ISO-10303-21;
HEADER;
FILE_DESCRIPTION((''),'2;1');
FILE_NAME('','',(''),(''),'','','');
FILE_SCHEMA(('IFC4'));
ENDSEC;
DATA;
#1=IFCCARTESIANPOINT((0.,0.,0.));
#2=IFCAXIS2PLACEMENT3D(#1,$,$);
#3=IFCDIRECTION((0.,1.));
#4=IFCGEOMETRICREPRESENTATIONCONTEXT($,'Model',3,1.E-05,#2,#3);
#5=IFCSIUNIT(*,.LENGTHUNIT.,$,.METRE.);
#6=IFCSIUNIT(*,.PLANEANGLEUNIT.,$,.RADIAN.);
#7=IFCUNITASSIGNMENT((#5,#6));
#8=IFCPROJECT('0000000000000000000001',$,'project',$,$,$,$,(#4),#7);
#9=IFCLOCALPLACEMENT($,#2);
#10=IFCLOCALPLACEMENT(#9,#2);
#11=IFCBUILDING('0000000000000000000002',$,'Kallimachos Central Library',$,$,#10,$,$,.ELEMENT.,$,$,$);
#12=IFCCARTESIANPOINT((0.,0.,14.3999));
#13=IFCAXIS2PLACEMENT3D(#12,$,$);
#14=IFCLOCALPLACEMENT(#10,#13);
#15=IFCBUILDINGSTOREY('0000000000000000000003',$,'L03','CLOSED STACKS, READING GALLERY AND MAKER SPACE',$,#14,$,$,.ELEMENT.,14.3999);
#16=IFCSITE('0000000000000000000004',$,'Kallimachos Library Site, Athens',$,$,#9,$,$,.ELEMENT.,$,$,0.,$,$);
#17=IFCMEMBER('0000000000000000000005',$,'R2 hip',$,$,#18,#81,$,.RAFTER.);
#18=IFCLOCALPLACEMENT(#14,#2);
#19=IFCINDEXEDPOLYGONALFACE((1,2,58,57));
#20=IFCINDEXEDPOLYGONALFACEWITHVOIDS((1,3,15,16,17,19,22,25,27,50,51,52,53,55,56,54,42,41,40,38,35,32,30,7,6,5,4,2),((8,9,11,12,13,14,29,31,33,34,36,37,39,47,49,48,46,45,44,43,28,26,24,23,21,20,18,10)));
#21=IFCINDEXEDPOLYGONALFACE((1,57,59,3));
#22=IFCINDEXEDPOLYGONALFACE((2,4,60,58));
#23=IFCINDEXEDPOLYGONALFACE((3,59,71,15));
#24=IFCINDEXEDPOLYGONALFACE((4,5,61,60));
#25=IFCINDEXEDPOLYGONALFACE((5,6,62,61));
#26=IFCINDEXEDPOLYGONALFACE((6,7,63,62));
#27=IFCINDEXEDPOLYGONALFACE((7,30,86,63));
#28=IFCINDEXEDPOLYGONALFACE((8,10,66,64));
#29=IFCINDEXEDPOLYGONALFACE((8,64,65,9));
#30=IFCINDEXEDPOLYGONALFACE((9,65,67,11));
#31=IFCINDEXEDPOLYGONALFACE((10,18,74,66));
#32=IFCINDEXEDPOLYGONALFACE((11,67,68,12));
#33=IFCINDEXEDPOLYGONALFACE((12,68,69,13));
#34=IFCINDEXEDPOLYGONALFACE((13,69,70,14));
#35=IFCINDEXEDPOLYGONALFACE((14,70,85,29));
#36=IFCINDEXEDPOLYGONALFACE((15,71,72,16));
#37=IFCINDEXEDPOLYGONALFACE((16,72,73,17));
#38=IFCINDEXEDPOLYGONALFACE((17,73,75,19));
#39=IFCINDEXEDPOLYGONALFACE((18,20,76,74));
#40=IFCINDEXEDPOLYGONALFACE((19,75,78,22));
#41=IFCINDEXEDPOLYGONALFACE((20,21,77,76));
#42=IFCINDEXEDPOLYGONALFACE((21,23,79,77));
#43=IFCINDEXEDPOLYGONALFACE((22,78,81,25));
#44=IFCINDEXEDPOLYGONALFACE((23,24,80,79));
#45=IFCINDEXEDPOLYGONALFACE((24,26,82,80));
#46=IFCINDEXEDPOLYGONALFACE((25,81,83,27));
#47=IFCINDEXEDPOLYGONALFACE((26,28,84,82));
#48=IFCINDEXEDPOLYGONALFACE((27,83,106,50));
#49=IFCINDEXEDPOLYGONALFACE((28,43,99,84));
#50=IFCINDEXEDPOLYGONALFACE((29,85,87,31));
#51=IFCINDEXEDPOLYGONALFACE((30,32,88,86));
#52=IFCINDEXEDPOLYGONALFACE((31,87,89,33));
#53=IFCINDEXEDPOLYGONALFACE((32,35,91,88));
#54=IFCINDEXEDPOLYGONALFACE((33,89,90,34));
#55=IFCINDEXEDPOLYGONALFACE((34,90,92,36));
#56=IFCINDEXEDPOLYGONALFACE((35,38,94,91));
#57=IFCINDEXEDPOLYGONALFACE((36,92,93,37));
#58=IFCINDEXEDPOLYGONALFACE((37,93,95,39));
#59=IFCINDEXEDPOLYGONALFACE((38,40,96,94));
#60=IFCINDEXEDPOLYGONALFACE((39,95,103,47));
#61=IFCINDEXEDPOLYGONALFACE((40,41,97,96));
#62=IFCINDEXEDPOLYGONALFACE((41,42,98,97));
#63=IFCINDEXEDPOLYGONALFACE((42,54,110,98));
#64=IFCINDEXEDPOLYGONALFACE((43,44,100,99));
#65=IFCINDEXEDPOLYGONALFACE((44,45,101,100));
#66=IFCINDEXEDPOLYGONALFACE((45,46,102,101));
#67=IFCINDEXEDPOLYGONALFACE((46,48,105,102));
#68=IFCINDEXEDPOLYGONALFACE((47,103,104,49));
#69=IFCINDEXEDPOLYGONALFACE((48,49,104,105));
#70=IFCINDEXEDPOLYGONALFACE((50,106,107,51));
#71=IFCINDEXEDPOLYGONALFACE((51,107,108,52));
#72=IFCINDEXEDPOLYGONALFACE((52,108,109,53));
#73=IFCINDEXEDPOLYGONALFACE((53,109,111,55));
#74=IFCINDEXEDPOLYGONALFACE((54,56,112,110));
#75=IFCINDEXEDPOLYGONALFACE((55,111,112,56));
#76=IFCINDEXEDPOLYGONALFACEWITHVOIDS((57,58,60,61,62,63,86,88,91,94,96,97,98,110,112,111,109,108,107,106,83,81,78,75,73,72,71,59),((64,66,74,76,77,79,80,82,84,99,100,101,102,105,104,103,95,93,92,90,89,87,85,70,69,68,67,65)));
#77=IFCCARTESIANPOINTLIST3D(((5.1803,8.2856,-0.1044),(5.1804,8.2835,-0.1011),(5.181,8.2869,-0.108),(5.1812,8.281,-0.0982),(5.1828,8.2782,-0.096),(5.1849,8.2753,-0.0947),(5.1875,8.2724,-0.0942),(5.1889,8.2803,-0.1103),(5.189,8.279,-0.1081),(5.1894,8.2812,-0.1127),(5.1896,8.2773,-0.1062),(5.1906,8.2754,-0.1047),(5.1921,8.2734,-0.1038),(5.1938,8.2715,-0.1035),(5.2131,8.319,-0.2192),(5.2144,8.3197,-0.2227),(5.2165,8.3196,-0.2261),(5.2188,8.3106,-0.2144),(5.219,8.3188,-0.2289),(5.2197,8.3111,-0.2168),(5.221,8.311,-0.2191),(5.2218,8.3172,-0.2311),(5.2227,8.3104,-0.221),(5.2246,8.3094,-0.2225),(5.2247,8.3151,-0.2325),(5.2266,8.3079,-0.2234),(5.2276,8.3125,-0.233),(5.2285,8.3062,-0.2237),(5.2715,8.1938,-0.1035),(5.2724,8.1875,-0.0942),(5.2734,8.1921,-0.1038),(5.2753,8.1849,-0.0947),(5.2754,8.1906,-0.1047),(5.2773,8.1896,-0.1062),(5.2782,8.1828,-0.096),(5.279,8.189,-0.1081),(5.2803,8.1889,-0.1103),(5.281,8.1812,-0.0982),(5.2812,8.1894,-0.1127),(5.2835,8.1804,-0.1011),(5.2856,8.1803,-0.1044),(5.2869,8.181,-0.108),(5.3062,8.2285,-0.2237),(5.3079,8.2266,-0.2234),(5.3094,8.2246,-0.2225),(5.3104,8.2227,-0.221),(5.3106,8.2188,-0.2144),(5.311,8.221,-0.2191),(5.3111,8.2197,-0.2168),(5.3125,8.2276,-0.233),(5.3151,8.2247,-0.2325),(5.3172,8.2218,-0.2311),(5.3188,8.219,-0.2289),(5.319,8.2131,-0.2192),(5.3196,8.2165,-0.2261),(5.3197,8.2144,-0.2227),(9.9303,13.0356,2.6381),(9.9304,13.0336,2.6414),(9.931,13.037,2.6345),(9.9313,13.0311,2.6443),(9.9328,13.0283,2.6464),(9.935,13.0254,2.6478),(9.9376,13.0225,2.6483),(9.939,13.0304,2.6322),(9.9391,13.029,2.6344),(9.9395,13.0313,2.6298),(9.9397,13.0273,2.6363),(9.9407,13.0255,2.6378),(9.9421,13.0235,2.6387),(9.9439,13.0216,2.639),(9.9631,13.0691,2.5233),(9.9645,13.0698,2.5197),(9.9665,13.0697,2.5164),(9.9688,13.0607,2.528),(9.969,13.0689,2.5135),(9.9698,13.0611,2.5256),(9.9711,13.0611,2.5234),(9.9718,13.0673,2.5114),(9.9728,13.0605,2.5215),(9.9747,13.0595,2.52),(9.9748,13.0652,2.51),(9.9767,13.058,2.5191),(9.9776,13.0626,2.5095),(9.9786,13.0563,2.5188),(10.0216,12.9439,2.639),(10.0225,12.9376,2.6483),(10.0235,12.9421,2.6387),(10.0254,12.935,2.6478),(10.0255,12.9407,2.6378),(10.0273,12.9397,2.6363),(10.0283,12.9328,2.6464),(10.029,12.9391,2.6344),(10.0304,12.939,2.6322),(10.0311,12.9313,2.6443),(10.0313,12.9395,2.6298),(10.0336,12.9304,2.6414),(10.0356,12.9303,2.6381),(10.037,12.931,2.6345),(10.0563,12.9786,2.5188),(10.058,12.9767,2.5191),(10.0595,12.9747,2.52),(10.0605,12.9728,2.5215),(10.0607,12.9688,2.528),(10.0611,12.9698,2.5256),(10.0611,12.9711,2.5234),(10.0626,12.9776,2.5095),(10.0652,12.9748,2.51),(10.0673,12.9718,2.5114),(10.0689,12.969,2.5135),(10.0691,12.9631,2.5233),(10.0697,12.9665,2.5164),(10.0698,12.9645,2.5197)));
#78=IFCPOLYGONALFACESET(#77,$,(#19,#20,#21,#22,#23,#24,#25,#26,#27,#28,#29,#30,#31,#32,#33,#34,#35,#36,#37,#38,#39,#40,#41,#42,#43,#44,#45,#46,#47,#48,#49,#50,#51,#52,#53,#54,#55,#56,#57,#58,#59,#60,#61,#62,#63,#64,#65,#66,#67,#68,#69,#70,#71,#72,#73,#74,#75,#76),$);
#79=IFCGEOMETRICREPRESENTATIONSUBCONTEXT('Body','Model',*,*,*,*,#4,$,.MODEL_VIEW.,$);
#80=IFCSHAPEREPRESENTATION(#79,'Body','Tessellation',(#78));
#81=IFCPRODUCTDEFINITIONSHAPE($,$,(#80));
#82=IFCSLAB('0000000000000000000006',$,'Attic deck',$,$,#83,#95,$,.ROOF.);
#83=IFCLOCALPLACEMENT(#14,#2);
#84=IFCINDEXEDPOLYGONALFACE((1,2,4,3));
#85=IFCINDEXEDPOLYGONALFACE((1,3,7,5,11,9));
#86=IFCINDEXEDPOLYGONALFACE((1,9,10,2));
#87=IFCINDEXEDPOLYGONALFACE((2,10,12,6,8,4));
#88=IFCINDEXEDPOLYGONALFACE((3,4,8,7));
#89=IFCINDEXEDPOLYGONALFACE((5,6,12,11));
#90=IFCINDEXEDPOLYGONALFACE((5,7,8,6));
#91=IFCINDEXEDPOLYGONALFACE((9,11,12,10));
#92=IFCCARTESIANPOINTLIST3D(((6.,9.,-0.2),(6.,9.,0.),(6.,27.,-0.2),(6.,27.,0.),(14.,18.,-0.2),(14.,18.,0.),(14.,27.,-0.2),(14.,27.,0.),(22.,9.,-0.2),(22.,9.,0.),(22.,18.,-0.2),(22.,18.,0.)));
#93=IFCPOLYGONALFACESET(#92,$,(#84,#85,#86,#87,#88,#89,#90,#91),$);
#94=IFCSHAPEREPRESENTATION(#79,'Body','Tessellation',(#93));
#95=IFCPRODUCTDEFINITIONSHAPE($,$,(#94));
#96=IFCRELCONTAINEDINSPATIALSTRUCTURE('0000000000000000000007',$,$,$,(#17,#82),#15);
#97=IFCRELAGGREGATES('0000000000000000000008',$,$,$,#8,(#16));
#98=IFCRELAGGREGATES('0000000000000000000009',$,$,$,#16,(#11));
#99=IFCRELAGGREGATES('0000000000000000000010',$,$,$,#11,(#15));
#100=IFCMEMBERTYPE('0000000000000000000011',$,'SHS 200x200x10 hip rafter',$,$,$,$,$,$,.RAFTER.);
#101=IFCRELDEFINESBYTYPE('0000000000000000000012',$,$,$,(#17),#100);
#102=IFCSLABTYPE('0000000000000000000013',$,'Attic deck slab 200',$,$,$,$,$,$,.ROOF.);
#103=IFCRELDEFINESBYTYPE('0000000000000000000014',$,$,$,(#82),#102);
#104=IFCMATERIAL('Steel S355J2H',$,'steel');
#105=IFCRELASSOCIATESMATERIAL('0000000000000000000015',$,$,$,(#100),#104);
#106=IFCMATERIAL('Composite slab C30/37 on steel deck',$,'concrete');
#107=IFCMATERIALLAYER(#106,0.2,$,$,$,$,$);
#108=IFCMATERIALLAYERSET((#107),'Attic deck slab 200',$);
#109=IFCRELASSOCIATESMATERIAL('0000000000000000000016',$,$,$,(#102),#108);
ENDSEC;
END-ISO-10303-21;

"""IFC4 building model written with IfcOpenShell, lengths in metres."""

from ifc_helpers import new_model, si_unit, direction, frame, origin, origin_2d, place, context, subcontext, project, spatial, polyline, hollow_rectangle, outline, extrude, material, layer, layer_set, material_profile, profile_set, type_object, element, save


model = new_model("IFC4")

# Units and contexts
model_context = context("Model", 3, precision=1e-05, world=origin(), true_north=direction((0.0, 1.0)))
body_context = subcontext(model_context, "Body", "Model", "MODEL_VIEW")
ifc_project = project(units=[si_unit("LENGTHUNIT", "METRE"), si_unit("PLANEANGLEUNIT", "RADIAN")], contexts=[model_context])

# Site, building, storey
site_placement = place(None, origin())
site = spatial("IfcSite", under=ifc_project, at=site_placement, Name="Kallimachos Library Site, Athens", CompositionType="ELEMENT", RefElevation=0.0)
building_placement = place(site_placement, origin())
building = spatial("IfcBuilding", under=site, at=building_placement, Name="Kallimachos Central Library", CompositionType="ELEMENT")
storey_placement = place(building_placement, frame((0.0, 0.0, 14.3999)))
storey = spatial("IfcBuildingStorey", under=building, at=storey_placement, Name="L03", Description="CLOSED STACKS, READING GALLERY AND MAKER SPACE", CompositionType="ELEMENT", Elevation=14.3999)

# Member
ifc_material_1 = material(Name="Steel S355J2H", Category="steel")
ifc_material_profile_1 = material_profile(ifc_material_1, hollow_rectangle(XDim=0.1499, YDim=0.1499, WallThickness=0.01, InnerFilletRadius=0.01, OuterFilletRadius=0.0149, at=origin_2d()), Name="SHS 150x150x10")
ifc_profile_set_1 = profile_set([ifc_material_profile_1], Name="Steel S355J2H")
member_type = type_object("IfcMemberType", Name="SHS 200x200x10 hip rafter", PredefinedType="RAFTER", material=ifc_profile_set_1)
member_placement = place(storey_placement, frame((5.25, 8.25, -0.1636), z_axis=(0.654653, 0.654653, 0.377967), x_axis=(-0.707107, 0.707107, 0.0)))
element("IfcMember", 1, at=member_placement, inside=storey, type_object=member_type, Name="R2 hip", PredefinedType="RAFTER", context=body_context, shape_type="SweptSolid", body=[
    extrude(hollow_rectangle(XDim=0.1499, YDim=0.1499, WallThickness=0.01, InnerFilletRadius=0.01, OuterFilletRadius=0.0149, at=origin_2d()), origin(), (0.0, 0.0, 1.0), 7.2559),
])

# Slab
ifc_material_2 = material(Name="Composite slab C30/37 on steel deck", Category="concrete")
ifc_layer_1 = layer(ifc_material_2, 0.2)
ifc_layer_set_1 = layer_set([ifc_layer_1], Name="Attic deck slab 200")
slab_type_1 = type_object("IfcSlabType", Name="Attic deck slab 200", PredefinedType="ROOF", material=ifc_layer_set_1)
slab_1_placement = place(storey_placement, frame((0.0, 0.0, -0.2)))
element("IfcSlab", 2, at=slab_1_placement, inside=storey, type_object=slab_type_1, Name="Attic deck", PredefinedType="ROOF", context=body_context, shape_type="SweptSolid", body=[
    extrude(outline(polyline([(6.0, 9.0), (22.0, 9.0), (22.0, 18.0), (14.0, 18.0), (14.0, 27.0), (6.0, 27.0), (6.0, 9.0)])), origin(), (0.0, 0.0, 1.0), 0.2),
])

save(model, "model.ifc")
